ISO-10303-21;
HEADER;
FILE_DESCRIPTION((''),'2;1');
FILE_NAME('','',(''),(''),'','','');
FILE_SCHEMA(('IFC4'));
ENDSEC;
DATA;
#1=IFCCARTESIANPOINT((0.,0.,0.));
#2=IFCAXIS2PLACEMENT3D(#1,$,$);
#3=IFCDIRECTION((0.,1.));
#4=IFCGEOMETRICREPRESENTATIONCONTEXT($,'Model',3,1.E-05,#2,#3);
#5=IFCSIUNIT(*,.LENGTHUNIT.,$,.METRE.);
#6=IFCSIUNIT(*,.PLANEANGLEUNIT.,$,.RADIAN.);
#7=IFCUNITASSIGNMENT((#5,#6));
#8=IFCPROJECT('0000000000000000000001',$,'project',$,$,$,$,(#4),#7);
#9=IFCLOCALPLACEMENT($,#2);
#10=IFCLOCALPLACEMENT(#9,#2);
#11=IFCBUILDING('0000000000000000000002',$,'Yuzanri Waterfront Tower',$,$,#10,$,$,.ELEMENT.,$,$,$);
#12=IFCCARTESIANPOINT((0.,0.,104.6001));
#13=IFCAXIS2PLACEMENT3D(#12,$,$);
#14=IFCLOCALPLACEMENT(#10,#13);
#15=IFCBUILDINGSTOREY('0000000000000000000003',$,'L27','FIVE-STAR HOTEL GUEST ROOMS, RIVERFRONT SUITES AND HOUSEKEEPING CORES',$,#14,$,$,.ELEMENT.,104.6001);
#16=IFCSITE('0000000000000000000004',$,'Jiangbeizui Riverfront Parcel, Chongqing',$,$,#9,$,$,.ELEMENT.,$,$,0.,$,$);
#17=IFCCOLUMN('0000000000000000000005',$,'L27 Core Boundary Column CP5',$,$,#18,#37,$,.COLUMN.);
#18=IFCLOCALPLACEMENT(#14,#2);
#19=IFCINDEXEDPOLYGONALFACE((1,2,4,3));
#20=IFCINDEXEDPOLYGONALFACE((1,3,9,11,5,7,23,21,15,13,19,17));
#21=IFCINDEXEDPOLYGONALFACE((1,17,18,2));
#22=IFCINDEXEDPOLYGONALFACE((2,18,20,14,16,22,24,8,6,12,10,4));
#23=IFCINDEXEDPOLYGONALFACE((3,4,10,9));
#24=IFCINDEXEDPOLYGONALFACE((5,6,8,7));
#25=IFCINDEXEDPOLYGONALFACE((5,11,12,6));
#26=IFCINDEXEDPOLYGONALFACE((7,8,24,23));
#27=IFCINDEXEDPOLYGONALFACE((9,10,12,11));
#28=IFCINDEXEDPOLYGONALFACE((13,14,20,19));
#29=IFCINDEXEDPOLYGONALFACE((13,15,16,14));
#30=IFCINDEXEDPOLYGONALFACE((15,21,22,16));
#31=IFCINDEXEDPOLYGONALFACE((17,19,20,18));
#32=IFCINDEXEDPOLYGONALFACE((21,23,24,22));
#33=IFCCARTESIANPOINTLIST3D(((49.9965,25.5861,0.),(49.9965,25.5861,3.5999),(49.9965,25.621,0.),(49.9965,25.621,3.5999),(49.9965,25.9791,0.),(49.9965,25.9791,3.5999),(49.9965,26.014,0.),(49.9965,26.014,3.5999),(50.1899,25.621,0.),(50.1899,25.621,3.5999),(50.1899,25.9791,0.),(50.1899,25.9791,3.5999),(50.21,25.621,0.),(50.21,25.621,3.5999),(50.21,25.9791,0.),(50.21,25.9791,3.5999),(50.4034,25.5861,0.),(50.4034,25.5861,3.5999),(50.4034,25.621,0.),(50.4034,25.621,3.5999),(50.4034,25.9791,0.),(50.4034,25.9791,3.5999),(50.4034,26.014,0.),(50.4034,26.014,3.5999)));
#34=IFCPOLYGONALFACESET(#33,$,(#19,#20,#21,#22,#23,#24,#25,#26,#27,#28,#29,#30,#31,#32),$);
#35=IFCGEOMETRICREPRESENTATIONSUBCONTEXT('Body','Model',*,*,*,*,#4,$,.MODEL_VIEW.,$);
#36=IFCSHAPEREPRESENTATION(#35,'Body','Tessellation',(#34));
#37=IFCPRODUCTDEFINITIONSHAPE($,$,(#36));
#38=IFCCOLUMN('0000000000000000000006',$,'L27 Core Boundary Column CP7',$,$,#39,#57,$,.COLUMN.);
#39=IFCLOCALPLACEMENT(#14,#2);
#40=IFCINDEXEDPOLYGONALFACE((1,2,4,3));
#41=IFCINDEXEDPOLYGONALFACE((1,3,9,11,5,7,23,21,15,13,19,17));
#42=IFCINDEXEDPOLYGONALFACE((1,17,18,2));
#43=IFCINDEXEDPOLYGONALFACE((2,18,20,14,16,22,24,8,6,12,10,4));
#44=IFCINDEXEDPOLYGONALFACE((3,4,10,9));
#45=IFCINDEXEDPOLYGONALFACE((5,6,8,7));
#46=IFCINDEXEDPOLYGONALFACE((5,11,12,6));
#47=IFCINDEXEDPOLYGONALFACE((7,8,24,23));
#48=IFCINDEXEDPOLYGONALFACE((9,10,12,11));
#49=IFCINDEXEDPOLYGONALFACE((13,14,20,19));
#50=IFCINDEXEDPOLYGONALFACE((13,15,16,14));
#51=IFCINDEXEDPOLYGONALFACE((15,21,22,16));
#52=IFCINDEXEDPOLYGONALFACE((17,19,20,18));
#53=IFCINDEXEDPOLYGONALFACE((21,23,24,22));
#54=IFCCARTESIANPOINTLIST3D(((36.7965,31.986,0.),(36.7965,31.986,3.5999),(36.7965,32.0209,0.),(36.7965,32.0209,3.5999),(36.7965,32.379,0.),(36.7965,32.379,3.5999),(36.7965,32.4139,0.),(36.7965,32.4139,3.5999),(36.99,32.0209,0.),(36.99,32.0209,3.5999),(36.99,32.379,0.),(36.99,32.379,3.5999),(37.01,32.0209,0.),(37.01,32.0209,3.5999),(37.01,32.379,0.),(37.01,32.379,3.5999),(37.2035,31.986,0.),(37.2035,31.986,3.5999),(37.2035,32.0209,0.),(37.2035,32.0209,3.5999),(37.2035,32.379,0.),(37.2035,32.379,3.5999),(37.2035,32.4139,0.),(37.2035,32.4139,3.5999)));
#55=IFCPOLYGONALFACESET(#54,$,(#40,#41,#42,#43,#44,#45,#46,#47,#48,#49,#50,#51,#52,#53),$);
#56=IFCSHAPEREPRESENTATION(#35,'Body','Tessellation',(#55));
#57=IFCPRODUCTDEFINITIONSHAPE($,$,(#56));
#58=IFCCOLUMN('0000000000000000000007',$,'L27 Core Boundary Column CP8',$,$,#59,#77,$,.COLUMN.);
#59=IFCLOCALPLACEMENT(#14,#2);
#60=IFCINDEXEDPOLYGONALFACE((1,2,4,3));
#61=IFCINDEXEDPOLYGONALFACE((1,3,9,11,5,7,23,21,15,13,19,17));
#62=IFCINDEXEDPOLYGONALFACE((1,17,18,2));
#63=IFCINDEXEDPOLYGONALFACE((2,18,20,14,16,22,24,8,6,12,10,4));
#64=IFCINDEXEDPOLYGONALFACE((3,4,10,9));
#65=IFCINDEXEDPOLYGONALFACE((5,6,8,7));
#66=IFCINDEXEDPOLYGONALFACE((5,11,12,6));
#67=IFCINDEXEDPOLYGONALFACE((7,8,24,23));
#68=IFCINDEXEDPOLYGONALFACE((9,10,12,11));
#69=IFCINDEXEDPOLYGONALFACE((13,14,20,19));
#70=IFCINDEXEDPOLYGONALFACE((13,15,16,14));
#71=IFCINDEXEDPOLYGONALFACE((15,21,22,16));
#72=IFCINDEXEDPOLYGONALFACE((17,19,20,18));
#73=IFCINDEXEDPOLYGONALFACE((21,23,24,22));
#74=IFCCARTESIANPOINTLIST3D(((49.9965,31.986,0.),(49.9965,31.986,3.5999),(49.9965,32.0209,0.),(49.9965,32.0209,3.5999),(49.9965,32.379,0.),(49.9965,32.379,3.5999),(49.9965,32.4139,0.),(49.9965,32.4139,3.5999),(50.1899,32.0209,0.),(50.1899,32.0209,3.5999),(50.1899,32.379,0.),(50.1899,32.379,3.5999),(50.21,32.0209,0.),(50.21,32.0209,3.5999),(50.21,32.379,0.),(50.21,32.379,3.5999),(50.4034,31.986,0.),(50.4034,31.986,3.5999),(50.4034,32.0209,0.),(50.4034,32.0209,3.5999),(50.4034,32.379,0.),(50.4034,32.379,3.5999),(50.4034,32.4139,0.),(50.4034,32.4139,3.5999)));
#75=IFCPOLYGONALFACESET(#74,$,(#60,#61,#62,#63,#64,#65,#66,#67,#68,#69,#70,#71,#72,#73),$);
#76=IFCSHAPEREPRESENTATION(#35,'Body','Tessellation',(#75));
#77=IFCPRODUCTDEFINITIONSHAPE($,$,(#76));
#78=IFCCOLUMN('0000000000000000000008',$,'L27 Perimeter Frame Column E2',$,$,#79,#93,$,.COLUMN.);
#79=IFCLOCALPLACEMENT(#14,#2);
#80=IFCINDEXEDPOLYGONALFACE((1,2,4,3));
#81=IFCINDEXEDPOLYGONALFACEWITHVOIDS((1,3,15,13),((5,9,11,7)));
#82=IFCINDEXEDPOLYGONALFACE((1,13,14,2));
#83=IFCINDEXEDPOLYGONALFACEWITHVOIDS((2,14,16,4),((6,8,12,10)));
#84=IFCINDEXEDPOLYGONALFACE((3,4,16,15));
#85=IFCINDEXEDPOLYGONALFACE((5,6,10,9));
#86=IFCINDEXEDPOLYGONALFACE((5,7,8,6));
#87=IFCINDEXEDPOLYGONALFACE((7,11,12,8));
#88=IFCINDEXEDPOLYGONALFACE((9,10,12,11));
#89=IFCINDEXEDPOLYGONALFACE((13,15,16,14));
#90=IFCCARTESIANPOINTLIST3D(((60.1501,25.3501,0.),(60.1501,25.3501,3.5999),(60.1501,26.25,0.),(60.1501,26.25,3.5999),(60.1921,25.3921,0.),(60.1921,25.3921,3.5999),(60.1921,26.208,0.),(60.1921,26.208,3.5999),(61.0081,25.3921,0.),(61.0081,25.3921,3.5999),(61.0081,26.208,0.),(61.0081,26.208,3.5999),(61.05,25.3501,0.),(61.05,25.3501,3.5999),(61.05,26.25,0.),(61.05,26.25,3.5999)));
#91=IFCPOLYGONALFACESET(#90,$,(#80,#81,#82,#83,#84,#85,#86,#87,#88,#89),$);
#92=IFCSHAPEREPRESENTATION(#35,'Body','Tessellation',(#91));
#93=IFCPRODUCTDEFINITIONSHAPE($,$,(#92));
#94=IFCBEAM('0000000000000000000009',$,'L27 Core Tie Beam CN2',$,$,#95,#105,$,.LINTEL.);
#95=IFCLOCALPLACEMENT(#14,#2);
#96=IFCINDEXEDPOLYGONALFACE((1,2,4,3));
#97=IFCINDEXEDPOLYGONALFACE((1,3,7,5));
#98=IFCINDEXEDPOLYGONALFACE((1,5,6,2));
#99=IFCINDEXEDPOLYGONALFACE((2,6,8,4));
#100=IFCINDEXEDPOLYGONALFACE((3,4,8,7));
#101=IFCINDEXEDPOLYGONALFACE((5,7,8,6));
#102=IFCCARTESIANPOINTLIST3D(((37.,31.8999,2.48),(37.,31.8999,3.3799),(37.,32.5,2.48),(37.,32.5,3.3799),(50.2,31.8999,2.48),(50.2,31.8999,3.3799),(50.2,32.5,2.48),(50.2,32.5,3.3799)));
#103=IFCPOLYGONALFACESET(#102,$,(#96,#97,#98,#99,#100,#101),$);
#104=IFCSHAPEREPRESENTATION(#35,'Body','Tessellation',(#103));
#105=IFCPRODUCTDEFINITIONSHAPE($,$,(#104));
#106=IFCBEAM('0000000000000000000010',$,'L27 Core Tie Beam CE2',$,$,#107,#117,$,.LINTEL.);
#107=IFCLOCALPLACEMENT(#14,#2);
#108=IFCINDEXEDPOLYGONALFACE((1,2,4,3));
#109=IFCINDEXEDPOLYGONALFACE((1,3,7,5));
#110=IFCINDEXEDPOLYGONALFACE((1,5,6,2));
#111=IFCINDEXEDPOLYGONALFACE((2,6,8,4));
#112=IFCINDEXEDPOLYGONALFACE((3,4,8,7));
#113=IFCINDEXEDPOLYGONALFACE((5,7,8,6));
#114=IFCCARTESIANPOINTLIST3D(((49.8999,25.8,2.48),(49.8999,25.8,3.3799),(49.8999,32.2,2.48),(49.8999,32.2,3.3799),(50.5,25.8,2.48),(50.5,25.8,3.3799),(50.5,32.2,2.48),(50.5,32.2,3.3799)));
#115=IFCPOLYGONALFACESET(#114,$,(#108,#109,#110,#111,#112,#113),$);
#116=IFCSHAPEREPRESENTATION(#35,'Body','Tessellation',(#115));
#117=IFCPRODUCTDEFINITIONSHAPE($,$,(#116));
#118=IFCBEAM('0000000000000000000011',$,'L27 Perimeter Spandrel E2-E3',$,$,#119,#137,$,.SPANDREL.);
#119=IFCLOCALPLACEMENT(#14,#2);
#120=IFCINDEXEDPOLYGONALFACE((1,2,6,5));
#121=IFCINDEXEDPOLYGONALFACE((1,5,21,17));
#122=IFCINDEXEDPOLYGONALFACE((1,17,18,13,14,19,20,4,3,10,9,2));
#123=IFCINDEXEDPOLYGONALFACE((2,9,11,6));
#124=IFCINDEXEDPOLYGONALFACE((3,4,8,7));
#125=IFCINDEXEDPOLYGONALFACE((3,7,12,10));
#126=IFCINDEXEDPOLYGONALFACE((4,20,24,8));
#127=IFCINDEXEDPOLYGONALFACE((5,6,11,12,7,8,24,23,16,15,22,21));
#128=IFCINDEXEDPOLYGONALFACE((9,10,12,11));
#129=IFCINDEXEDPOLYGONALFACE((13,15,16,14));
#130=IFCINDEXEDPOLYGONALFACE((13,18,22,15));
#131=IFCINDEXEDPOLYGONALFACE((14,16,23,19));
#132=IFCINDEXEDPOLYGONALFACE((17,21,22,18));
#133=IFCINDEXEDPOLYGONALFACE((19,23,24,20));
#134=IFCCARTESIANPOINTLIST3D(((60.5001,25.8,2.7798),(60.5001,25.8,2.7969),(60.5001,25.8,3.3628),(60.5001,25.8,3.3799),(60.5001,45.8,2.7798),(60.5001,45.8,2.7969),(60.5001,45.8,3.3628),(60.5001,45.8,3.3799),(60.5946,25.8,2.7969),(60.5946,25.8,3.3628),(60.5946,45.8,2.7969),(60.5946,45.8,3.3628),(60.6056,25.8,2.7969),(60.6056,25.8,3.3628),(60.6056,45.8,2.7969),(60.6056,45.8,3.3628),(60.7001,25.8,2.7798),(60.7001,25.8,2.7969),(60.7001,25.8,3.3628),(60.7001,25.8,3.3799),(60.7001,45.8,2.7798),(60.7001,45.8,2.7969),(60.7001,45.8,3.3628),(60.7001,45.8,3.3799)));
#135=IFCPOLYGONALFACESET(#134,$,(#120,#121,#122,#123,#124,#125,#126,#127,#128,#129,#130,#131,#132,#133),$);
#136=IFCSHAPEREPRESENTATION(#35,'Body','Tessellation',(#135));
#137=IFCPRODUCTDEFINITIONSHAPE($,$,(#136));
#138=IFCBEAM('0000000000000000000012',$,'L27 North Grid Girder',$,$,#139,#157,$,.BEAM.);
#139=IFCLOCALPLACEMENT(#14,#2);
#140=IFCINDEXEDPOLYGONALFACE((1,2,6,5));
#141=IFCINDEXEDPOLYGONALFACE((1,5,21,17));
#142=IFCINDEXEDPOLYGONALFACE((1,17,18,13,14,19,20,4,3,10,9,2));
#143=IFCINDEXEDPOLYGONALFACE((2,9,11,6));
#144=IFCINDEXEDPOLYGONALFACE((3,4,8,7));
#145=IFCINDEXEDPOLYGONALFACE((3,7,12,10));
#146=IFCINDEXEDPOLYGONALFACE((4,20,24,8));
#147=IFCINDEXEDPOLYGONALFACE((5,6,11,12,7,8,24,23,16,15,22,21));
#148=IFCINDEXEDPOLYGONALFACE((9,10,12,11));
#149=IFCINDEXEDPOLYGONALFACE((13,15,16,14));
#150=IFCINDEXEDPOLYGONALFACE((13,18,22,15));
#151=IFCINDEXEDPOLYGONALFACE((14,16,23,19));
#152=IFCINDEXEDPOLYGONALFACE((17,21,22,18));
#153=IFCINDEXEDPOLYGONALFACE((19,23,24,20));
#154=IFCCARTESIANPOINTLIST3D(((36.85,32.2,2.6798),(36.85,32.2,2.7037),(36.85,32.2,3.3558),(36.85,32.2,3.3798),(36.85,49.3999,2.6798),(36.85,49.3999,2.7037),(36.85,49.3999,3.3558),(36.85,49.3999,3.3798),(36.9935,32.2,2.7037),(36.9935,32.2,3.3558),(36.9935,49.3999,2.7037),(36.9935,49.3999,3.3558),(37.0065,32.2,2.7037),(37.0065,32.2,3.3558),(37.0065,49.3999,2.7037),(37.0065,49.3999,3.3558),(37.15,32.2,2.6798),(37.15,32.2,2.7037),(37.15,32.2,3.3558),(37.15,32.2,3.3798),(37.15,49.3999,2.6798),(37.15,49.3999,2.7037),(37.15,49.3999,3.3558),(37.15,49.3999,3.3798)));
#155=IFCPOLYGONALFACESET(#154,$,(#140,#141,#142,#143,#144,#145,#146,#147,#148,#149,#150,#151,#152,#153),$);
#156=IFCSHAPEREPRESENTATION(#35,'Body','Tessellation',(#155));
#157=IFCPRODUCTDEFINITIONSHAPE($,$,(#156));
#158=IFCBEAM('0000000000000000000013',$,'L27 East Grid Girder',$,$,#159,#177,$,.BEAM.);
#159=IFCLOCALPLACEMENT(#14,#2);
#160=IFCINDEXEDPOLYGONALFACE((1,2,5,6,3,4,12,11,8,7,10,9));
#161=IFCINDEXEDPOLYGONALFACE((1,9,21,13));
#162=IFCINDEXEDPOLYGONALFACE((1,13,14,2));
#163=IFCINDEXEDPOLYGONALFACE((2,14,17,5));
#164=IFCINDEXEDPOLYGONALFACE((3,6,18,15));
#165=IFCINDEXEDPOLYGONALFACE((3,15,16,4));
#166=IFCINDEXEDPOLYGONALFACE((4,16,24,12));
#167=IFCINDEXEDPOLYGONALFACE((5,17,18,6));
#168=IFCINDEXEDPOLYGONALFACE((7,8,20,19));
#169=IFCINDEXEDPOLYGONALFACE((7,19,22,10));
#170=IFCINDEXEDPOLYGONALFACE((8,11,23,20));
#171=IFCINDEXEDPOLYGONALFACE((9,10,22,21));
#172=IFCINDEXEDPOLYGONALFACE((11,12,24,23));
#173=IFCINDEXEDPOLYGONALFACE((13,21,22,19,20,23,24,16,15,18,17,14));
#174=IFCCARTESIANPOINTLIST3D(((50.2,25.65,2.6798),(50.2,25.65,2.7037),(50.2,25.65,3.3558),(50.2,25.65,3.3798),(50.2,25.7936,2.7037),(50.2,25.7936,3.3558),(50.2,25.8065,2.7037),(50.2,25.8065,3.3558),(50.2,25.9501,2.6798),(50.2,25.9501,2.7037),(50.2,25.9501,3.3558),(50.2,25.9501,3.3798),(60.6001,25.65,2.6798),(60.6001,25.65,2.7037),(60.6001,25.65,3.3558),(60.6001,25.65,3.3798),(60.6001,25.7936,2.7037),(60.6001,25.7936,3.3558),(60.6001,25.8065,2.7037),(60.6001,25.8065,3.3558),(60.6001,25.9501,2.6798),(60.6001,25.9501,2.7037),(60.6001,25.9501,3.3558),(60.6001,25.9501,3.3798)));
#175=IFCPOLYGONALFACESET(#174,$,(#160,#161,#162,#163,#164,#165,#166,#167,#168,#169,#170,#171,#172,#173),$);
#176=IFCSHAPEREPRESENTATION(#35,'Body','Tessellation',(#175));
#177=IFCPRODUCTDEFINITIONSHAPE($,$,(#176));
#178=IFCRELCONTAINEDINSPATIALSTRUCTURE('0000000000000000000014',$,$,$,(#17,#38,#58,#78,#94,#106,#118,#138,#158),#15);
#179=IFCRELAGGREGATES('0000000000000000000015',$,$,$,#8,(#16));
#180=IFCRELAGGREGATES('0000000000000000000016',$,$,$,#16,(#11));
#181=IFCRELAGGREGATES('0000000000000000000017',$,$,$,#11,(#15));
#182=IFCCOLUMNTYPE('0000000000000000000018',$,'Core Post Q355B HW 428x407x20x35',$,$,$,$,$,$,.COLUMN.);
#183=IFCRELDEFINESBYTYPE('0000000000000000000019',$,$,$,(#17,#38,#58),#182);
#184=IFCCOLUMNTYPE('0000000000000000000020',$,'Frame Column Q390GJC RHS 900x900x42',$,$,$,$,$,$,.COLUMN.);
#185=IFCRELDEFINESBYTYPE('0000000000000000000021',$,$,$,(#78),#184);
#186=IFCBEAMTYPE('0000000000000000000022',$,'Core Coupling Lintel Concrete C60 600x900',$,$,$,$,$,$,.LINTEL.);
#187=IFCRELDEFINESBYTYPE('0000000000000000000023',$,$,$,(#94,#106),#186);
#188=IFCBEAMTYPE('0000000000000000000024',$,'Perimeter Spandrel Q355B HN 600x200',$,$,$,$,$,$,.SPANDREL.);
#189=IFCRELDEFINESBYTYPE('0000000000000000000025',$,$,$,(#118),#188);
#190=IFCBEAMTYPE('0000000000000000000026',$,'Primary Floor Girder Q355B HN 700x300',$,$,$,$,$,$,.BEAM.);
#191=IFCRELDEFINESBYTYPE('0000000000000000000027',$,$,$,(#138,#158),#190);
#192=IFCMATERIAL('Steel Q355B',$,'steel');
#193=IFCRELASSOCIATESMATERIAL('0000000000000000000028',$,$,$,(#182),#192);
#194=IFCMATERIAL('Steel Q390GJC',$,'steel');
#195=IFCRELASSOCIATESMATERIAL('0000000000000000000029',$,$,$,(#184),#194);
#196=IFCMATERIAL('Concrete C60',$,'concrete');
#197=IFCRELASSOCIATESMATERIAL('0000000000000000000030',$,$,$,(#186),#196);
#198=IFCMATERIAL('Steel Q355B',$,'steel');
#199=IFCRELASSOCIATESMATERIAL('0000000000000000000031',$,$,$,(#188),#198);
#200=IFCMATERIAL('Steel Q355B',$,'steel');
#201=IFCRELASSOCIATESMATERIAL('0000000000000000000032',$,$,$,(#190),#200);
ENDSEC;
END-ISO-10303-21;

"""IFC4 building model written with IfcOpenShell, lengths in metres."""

from ifc_helpers import new_model, si_unit, direction, frame, origin, origin_2d, place, context, subcontext, project, spatial, rectangle, hollow_rectangle, i_section, extrude, source, transform, mapped, material, material_profile, profile_set, type_object, element, save


model = new_model("IFC4")

# Units and contexts
model_context = context("Model", 3, precision=1e-05, world=origin(), true_north=direction((0.0, 1.0)))
body_context = subcontext(model_context, "Body", "Model", "MODEL_VIEW")
ifc_project = project(units=[si_unit("LENGTHUNIT", "METRE"), si_unit("PLANEANGLEUNIT", "RADIAN")], contexts=[model_context])

# Site, building, storey
site_placement = place(None, origin())
site = spatial("IfcSite", under=ifc_project, at=site_placement, Name="Jiangbeizui Riverfront Parcel, Chongqing", CompositionType="ELEMENT", RefElevation=0.0)
building_placement = place(site_placement, origin())
building = spatial("IfcBuilding", under=site, at=building_placement, Name="Yuzanri Waterfront Tower", CompositionType="ELEMENT")
storey_placement = place(building_placement, frame((0.0, 0.0, 104.6001)))
storey = spatial("IfcBuildingStorey", under=building, at=storey_placement, Name="L27", Description="FIVE-STAR HOTEL GUEST ROOMS, RIVERFRONT SUITES AND HOUSEKEEPING CORES", CompositionType="ELEMENT", Elevation=104.6001)

# Columns
ifc_material_1 = material(Name="Steel Q355B", Category="steel")
ifc_material_profile_1 = material_profile(ifc_material_1, i_section(OverallWidth=0.407, OverallDepth=0.428, WebThickness=0.02, FlangeThickness=0.0349, at=origin_2d()), Name="HW 428x407x20x35")
ifc_profile_set_1 = profile_set([ifc_material_profile_1], Name="Steel Q355B")
column_type_1 = type_object("IfcColumnType", Name="Core Post Q355B HW 428x407x20x35", PredefinedType="COLUMN", material=ifc_profile_set_1)
shared_shape_1 = source(origin(), body_context, "Body", "SweptSolid", [
    extrude(i_section(OverallWidth=0.407, OverallDepth=0.428, WebThickness=0.02, FlangeThickness=0.0349, at=origin_2d()), origin(), (0.0, 0.0, 1.0), 3.5999),
])
for number, where, z_axis, x_axis, name in (
    (1, (50.2, 25.8, 0.0), (0.0, 0.0, 1.0), (1.0, 0.0, 0.0), "L27 Core Boundary Column CP5"),
    (2, (37.0, 32.2, 0.0), (0.0, 0.0, 1.0), (1.0, 0.0, 0.0), "L27 Core Boundary Column CP7"),
    (3, (50.2, 32.2, 0.0), (0.0, 0.0, 1.0), (1.0, 0.0, 0.0), "L27 Core Boundary Column CP8"),
):
    element("IfcColumn", number, at=place(storey_placement, frame(where, z_axis=z_axis, x_axis=x_axis)), inside=storey, type_object=column_type_1, Name=name, PredefinedType="COLUMN", context=body_context, shape_type="MappedRepresentation", body=[
        mapped(shared_shape_1, transform((0.0, 0.0, 0.0), scale=1.0)),
    ])
ifc_material_2 = material(Name="Steel Q390GJC", Category="steel")
ifc_material_profile_2 = material_profile(ifc_material_2, hollow_rectangle(XDim=0.8999, YDim=0.8999, WallThickness=0.042, at=origin_2d()), Name="RHS 900x900x42")
ifc_profile_set_2 = profile_set([ifc_material_profile_2], Name="Steel Q390GJC")
column_type_2 = type_object("IfcColumnType", Name="Frame Column Q390GJC RHS 900x900x42", PredefinedType="COLUMN", material=ifc_profile_set_2)
shared_shape_2 = source(origin(), body_context, "Body", "SweptSolid", [
    extrude(hollow_rectangle(XDim=0.8999, YDim=0.8999, WallThickness=0.042, at=origin_2d()), origin(), (0.0, 0.0, 1.0), 3.5999),
])
column_placement = place(storey_placement, frame((60.6001, 25.8, 0.0), z_axis=(0.0, 0.0, 1.0), x_axis=(1.0, 0.0, 0.0)))
element("IfcColumn", 4, at=column_placement, inside=storey, type_object=column_type_2, Name="L27 Perimeter Frame Column E2", PredefinedType="COLUMN", context=body_context, shape_type="MappedRepresentation", body=[
    mapped(shared_shape_2, transform((0.0, 0.0, 0.0), scale=1.0)),
])

# Beams
ifc_material_3 = material(Name="Concrete C60", Category="concrete")
ifc_material_profile_3 = material_profile(ifc_material_3, rectangle(XDim=0.6001, YDim=0.8999, at=origin_2d()), Name="RC 600x900")
ifc_profile_set_3 = profile_set([ifc_material_profile_3], Name="Concrete C60")
beam_type_1 = type_object("IfcBeamType", Name="Core Coupling Lintel Concrete C60 600x900", PredefinedType="LINTEL", material=ifc_profile_set_3)
shared_shape_3 = source(origin(), body_context, "Body", "SweptSolid", [
    extrude(rectangle(XDim=0.6001, YDim=0.8999, at=origin_2d()), origin(), (0.0, 0.0, 1.0), 13.2),
])
beam_1_placement = place(storey_placement, frame((37.0, 32.2, 2.9299), z_axis=(1.0, 0.0, 0.0), x_axis=(0.0, 1.0, 0.0)))
element("IfcBeam", 5, at=beam_1_placement, inside=storey, type_object=beam_type_1, Name="L27 Core Tie Beam CN2", PredefinedType="LINTEL", context=body_context, shape_type="MappedRepresentation", body=[
    mapped(shared_shape_3, transform((0.0, 0.0, 0.0), scale=1.0)),
])
shared_shape_4 = source(origin(), body_context, "Body", "SweptSolid", [
    extrude(rectangle(XDim=0.6001, YDim=0.8999, at=origin_2d()), origin(), (0.0, 0.0, 1.0), 6.3999),
])
beam_2_placement = place(storey_placement, frame((50.2, 25.8, 2.9299), z_axis=(0.0, 1.0, 0.0), x_axis=(-1.0, 0.0, 0.0)))
element("IfcBeam", 6, at=beam_2_placement, inside=storey, type_object=beam_type_1, Name="L27 Core Tie Beam CE2", PredefinedType="LINTEL", context=body_context, shape_type="MappedRepresentation", body=[
    mapped(shared_shape_4, transform((0.0, 0.0, 0.0), scale=1.0)),
])
ifc_material_4 = material(Name="Steel Q355B", Category="steel")
ifc_material_profile_4 = material_profile(ifc_material_4, i_section(OverallWidth=0.2, OverallDepth=0.6001, WebThickness=0.011, FlangeThickness=0.0171, at=origin_2d()), Name="HN 600x200x11x17")
ifc_profile_set_4 = profile_set([ifc_material_profile_4], Name="Steel Q355B")
beam_type_2 = type_object("IfcBeamType", Name="Perimeter Spandrel Q355B HN 600x200", PredefinedType="SPANDREL", material=ifc_profile_set_4)
shared_shape_5 = source(origin(), body_context, "Body", "SweptSolid", [
    extrude(i_section(OverallWidth=0.2, OverallDepth=0.6001, WebThickness=0.011, FlangeThickness=0.0171, at=origin_2d()), origin(), (0.0, 0.0, 1.0), 20.0),
])
beam_3_placement = place(storey_placement, frame((60.6001, 25.8, 3.0798), z_axis=(0.0, 1.0, 0.0), x_axis=(-1.0, 0.0, 0.0)))
element("IfcBeam", 7, at=beam_3_placement, inside=storey, type_object=beam_type_2, Name="L27 Perimeter Spandrel E2-E3", PredefinedType="SPANDREL", context=body_context, shape_type="MappedRepresentation", body=[
    mapped(shared_shape_5, transform((0.0, 0.0, 0.0), scale=1.0)),
])
ifc_material_5 = material(Name="Steel Q355B", Category="steel")
ifc_material_profile_5 = material_profile(ifc_material_5, i_section(OverallWidth=0.3, OverallDepth=0.7, WebThickness=0.0129, FlangeThickness=0.0239, at=origin_2d()), Name="HN 700x300x13x24")
ifc_profile_set_5 = profile_set([ifc_material_profile_5], Name="Steel Q355B")
beam_type_3 = type_object("IfcBeamType", Name="Primary Floor Girder Q355B HN 700x300", PredefinedType="BEAM", material=ifc_profile_set_5)
shared_shape_6 = source(origin(), body_context, "Body", "SweptSolid", [
    extrude(i_section(OverallWidth=0.3, OverallDepth=0.7, WebThickness=0.0129, FlangeThickness=0.0239, at=origin_2d()), origin(), (0.0, 0.0, 1.0), 17.2),
])
beam_4_placement = place(storey_placement, frame((37.0, 32.2, 3.0298), z_axis=(0.0, 1.0, 0.0), x_axis=(-1.0, 0.0, 0.0)))
element("IfcBeam", 8, at=beam_4_placement, inside=storey, type_object=beam_type_3, Name="L27 North Grid Girder", PredefinedType="BEAM", context=body_context, shape_type="MappedRepresentation", body=[
    mapped(shared_shape_6, transform((0.0, 0.0, 0.0), scale=1.0)),
])
shared_shape_7 = source(origin(), body_context, "Body", "SweptSolid", [
    extrude(i_section(OverallWidth=0.3, OverallDepth=0.7, WebThickness=0.0129, FlangeThickness=0.0239, at=origin_2d()), origin(), (0.0, 0.0, 1.0), 10.4001),
])
beam_5_placement = place(storey_placement, frame((50.2, 25.8, 3.0298), z_axis=(1.0, 0.0, 0.0), x_axis=(0.0, 1.0, 0.0)))
element("IfcBeam", 9, at=beam_5_placement, inside=storey, type_object=beam_type_3, Name="L27 East Grid Girder", PredefinedType="BEAM", context=body_context, shape_type="MappedRepresentation", body=[
    mapped(shared_shape_7, transform((0.0, 0.0, 0.0), scale=1.0)),
])

save(model, "model.ifc")
